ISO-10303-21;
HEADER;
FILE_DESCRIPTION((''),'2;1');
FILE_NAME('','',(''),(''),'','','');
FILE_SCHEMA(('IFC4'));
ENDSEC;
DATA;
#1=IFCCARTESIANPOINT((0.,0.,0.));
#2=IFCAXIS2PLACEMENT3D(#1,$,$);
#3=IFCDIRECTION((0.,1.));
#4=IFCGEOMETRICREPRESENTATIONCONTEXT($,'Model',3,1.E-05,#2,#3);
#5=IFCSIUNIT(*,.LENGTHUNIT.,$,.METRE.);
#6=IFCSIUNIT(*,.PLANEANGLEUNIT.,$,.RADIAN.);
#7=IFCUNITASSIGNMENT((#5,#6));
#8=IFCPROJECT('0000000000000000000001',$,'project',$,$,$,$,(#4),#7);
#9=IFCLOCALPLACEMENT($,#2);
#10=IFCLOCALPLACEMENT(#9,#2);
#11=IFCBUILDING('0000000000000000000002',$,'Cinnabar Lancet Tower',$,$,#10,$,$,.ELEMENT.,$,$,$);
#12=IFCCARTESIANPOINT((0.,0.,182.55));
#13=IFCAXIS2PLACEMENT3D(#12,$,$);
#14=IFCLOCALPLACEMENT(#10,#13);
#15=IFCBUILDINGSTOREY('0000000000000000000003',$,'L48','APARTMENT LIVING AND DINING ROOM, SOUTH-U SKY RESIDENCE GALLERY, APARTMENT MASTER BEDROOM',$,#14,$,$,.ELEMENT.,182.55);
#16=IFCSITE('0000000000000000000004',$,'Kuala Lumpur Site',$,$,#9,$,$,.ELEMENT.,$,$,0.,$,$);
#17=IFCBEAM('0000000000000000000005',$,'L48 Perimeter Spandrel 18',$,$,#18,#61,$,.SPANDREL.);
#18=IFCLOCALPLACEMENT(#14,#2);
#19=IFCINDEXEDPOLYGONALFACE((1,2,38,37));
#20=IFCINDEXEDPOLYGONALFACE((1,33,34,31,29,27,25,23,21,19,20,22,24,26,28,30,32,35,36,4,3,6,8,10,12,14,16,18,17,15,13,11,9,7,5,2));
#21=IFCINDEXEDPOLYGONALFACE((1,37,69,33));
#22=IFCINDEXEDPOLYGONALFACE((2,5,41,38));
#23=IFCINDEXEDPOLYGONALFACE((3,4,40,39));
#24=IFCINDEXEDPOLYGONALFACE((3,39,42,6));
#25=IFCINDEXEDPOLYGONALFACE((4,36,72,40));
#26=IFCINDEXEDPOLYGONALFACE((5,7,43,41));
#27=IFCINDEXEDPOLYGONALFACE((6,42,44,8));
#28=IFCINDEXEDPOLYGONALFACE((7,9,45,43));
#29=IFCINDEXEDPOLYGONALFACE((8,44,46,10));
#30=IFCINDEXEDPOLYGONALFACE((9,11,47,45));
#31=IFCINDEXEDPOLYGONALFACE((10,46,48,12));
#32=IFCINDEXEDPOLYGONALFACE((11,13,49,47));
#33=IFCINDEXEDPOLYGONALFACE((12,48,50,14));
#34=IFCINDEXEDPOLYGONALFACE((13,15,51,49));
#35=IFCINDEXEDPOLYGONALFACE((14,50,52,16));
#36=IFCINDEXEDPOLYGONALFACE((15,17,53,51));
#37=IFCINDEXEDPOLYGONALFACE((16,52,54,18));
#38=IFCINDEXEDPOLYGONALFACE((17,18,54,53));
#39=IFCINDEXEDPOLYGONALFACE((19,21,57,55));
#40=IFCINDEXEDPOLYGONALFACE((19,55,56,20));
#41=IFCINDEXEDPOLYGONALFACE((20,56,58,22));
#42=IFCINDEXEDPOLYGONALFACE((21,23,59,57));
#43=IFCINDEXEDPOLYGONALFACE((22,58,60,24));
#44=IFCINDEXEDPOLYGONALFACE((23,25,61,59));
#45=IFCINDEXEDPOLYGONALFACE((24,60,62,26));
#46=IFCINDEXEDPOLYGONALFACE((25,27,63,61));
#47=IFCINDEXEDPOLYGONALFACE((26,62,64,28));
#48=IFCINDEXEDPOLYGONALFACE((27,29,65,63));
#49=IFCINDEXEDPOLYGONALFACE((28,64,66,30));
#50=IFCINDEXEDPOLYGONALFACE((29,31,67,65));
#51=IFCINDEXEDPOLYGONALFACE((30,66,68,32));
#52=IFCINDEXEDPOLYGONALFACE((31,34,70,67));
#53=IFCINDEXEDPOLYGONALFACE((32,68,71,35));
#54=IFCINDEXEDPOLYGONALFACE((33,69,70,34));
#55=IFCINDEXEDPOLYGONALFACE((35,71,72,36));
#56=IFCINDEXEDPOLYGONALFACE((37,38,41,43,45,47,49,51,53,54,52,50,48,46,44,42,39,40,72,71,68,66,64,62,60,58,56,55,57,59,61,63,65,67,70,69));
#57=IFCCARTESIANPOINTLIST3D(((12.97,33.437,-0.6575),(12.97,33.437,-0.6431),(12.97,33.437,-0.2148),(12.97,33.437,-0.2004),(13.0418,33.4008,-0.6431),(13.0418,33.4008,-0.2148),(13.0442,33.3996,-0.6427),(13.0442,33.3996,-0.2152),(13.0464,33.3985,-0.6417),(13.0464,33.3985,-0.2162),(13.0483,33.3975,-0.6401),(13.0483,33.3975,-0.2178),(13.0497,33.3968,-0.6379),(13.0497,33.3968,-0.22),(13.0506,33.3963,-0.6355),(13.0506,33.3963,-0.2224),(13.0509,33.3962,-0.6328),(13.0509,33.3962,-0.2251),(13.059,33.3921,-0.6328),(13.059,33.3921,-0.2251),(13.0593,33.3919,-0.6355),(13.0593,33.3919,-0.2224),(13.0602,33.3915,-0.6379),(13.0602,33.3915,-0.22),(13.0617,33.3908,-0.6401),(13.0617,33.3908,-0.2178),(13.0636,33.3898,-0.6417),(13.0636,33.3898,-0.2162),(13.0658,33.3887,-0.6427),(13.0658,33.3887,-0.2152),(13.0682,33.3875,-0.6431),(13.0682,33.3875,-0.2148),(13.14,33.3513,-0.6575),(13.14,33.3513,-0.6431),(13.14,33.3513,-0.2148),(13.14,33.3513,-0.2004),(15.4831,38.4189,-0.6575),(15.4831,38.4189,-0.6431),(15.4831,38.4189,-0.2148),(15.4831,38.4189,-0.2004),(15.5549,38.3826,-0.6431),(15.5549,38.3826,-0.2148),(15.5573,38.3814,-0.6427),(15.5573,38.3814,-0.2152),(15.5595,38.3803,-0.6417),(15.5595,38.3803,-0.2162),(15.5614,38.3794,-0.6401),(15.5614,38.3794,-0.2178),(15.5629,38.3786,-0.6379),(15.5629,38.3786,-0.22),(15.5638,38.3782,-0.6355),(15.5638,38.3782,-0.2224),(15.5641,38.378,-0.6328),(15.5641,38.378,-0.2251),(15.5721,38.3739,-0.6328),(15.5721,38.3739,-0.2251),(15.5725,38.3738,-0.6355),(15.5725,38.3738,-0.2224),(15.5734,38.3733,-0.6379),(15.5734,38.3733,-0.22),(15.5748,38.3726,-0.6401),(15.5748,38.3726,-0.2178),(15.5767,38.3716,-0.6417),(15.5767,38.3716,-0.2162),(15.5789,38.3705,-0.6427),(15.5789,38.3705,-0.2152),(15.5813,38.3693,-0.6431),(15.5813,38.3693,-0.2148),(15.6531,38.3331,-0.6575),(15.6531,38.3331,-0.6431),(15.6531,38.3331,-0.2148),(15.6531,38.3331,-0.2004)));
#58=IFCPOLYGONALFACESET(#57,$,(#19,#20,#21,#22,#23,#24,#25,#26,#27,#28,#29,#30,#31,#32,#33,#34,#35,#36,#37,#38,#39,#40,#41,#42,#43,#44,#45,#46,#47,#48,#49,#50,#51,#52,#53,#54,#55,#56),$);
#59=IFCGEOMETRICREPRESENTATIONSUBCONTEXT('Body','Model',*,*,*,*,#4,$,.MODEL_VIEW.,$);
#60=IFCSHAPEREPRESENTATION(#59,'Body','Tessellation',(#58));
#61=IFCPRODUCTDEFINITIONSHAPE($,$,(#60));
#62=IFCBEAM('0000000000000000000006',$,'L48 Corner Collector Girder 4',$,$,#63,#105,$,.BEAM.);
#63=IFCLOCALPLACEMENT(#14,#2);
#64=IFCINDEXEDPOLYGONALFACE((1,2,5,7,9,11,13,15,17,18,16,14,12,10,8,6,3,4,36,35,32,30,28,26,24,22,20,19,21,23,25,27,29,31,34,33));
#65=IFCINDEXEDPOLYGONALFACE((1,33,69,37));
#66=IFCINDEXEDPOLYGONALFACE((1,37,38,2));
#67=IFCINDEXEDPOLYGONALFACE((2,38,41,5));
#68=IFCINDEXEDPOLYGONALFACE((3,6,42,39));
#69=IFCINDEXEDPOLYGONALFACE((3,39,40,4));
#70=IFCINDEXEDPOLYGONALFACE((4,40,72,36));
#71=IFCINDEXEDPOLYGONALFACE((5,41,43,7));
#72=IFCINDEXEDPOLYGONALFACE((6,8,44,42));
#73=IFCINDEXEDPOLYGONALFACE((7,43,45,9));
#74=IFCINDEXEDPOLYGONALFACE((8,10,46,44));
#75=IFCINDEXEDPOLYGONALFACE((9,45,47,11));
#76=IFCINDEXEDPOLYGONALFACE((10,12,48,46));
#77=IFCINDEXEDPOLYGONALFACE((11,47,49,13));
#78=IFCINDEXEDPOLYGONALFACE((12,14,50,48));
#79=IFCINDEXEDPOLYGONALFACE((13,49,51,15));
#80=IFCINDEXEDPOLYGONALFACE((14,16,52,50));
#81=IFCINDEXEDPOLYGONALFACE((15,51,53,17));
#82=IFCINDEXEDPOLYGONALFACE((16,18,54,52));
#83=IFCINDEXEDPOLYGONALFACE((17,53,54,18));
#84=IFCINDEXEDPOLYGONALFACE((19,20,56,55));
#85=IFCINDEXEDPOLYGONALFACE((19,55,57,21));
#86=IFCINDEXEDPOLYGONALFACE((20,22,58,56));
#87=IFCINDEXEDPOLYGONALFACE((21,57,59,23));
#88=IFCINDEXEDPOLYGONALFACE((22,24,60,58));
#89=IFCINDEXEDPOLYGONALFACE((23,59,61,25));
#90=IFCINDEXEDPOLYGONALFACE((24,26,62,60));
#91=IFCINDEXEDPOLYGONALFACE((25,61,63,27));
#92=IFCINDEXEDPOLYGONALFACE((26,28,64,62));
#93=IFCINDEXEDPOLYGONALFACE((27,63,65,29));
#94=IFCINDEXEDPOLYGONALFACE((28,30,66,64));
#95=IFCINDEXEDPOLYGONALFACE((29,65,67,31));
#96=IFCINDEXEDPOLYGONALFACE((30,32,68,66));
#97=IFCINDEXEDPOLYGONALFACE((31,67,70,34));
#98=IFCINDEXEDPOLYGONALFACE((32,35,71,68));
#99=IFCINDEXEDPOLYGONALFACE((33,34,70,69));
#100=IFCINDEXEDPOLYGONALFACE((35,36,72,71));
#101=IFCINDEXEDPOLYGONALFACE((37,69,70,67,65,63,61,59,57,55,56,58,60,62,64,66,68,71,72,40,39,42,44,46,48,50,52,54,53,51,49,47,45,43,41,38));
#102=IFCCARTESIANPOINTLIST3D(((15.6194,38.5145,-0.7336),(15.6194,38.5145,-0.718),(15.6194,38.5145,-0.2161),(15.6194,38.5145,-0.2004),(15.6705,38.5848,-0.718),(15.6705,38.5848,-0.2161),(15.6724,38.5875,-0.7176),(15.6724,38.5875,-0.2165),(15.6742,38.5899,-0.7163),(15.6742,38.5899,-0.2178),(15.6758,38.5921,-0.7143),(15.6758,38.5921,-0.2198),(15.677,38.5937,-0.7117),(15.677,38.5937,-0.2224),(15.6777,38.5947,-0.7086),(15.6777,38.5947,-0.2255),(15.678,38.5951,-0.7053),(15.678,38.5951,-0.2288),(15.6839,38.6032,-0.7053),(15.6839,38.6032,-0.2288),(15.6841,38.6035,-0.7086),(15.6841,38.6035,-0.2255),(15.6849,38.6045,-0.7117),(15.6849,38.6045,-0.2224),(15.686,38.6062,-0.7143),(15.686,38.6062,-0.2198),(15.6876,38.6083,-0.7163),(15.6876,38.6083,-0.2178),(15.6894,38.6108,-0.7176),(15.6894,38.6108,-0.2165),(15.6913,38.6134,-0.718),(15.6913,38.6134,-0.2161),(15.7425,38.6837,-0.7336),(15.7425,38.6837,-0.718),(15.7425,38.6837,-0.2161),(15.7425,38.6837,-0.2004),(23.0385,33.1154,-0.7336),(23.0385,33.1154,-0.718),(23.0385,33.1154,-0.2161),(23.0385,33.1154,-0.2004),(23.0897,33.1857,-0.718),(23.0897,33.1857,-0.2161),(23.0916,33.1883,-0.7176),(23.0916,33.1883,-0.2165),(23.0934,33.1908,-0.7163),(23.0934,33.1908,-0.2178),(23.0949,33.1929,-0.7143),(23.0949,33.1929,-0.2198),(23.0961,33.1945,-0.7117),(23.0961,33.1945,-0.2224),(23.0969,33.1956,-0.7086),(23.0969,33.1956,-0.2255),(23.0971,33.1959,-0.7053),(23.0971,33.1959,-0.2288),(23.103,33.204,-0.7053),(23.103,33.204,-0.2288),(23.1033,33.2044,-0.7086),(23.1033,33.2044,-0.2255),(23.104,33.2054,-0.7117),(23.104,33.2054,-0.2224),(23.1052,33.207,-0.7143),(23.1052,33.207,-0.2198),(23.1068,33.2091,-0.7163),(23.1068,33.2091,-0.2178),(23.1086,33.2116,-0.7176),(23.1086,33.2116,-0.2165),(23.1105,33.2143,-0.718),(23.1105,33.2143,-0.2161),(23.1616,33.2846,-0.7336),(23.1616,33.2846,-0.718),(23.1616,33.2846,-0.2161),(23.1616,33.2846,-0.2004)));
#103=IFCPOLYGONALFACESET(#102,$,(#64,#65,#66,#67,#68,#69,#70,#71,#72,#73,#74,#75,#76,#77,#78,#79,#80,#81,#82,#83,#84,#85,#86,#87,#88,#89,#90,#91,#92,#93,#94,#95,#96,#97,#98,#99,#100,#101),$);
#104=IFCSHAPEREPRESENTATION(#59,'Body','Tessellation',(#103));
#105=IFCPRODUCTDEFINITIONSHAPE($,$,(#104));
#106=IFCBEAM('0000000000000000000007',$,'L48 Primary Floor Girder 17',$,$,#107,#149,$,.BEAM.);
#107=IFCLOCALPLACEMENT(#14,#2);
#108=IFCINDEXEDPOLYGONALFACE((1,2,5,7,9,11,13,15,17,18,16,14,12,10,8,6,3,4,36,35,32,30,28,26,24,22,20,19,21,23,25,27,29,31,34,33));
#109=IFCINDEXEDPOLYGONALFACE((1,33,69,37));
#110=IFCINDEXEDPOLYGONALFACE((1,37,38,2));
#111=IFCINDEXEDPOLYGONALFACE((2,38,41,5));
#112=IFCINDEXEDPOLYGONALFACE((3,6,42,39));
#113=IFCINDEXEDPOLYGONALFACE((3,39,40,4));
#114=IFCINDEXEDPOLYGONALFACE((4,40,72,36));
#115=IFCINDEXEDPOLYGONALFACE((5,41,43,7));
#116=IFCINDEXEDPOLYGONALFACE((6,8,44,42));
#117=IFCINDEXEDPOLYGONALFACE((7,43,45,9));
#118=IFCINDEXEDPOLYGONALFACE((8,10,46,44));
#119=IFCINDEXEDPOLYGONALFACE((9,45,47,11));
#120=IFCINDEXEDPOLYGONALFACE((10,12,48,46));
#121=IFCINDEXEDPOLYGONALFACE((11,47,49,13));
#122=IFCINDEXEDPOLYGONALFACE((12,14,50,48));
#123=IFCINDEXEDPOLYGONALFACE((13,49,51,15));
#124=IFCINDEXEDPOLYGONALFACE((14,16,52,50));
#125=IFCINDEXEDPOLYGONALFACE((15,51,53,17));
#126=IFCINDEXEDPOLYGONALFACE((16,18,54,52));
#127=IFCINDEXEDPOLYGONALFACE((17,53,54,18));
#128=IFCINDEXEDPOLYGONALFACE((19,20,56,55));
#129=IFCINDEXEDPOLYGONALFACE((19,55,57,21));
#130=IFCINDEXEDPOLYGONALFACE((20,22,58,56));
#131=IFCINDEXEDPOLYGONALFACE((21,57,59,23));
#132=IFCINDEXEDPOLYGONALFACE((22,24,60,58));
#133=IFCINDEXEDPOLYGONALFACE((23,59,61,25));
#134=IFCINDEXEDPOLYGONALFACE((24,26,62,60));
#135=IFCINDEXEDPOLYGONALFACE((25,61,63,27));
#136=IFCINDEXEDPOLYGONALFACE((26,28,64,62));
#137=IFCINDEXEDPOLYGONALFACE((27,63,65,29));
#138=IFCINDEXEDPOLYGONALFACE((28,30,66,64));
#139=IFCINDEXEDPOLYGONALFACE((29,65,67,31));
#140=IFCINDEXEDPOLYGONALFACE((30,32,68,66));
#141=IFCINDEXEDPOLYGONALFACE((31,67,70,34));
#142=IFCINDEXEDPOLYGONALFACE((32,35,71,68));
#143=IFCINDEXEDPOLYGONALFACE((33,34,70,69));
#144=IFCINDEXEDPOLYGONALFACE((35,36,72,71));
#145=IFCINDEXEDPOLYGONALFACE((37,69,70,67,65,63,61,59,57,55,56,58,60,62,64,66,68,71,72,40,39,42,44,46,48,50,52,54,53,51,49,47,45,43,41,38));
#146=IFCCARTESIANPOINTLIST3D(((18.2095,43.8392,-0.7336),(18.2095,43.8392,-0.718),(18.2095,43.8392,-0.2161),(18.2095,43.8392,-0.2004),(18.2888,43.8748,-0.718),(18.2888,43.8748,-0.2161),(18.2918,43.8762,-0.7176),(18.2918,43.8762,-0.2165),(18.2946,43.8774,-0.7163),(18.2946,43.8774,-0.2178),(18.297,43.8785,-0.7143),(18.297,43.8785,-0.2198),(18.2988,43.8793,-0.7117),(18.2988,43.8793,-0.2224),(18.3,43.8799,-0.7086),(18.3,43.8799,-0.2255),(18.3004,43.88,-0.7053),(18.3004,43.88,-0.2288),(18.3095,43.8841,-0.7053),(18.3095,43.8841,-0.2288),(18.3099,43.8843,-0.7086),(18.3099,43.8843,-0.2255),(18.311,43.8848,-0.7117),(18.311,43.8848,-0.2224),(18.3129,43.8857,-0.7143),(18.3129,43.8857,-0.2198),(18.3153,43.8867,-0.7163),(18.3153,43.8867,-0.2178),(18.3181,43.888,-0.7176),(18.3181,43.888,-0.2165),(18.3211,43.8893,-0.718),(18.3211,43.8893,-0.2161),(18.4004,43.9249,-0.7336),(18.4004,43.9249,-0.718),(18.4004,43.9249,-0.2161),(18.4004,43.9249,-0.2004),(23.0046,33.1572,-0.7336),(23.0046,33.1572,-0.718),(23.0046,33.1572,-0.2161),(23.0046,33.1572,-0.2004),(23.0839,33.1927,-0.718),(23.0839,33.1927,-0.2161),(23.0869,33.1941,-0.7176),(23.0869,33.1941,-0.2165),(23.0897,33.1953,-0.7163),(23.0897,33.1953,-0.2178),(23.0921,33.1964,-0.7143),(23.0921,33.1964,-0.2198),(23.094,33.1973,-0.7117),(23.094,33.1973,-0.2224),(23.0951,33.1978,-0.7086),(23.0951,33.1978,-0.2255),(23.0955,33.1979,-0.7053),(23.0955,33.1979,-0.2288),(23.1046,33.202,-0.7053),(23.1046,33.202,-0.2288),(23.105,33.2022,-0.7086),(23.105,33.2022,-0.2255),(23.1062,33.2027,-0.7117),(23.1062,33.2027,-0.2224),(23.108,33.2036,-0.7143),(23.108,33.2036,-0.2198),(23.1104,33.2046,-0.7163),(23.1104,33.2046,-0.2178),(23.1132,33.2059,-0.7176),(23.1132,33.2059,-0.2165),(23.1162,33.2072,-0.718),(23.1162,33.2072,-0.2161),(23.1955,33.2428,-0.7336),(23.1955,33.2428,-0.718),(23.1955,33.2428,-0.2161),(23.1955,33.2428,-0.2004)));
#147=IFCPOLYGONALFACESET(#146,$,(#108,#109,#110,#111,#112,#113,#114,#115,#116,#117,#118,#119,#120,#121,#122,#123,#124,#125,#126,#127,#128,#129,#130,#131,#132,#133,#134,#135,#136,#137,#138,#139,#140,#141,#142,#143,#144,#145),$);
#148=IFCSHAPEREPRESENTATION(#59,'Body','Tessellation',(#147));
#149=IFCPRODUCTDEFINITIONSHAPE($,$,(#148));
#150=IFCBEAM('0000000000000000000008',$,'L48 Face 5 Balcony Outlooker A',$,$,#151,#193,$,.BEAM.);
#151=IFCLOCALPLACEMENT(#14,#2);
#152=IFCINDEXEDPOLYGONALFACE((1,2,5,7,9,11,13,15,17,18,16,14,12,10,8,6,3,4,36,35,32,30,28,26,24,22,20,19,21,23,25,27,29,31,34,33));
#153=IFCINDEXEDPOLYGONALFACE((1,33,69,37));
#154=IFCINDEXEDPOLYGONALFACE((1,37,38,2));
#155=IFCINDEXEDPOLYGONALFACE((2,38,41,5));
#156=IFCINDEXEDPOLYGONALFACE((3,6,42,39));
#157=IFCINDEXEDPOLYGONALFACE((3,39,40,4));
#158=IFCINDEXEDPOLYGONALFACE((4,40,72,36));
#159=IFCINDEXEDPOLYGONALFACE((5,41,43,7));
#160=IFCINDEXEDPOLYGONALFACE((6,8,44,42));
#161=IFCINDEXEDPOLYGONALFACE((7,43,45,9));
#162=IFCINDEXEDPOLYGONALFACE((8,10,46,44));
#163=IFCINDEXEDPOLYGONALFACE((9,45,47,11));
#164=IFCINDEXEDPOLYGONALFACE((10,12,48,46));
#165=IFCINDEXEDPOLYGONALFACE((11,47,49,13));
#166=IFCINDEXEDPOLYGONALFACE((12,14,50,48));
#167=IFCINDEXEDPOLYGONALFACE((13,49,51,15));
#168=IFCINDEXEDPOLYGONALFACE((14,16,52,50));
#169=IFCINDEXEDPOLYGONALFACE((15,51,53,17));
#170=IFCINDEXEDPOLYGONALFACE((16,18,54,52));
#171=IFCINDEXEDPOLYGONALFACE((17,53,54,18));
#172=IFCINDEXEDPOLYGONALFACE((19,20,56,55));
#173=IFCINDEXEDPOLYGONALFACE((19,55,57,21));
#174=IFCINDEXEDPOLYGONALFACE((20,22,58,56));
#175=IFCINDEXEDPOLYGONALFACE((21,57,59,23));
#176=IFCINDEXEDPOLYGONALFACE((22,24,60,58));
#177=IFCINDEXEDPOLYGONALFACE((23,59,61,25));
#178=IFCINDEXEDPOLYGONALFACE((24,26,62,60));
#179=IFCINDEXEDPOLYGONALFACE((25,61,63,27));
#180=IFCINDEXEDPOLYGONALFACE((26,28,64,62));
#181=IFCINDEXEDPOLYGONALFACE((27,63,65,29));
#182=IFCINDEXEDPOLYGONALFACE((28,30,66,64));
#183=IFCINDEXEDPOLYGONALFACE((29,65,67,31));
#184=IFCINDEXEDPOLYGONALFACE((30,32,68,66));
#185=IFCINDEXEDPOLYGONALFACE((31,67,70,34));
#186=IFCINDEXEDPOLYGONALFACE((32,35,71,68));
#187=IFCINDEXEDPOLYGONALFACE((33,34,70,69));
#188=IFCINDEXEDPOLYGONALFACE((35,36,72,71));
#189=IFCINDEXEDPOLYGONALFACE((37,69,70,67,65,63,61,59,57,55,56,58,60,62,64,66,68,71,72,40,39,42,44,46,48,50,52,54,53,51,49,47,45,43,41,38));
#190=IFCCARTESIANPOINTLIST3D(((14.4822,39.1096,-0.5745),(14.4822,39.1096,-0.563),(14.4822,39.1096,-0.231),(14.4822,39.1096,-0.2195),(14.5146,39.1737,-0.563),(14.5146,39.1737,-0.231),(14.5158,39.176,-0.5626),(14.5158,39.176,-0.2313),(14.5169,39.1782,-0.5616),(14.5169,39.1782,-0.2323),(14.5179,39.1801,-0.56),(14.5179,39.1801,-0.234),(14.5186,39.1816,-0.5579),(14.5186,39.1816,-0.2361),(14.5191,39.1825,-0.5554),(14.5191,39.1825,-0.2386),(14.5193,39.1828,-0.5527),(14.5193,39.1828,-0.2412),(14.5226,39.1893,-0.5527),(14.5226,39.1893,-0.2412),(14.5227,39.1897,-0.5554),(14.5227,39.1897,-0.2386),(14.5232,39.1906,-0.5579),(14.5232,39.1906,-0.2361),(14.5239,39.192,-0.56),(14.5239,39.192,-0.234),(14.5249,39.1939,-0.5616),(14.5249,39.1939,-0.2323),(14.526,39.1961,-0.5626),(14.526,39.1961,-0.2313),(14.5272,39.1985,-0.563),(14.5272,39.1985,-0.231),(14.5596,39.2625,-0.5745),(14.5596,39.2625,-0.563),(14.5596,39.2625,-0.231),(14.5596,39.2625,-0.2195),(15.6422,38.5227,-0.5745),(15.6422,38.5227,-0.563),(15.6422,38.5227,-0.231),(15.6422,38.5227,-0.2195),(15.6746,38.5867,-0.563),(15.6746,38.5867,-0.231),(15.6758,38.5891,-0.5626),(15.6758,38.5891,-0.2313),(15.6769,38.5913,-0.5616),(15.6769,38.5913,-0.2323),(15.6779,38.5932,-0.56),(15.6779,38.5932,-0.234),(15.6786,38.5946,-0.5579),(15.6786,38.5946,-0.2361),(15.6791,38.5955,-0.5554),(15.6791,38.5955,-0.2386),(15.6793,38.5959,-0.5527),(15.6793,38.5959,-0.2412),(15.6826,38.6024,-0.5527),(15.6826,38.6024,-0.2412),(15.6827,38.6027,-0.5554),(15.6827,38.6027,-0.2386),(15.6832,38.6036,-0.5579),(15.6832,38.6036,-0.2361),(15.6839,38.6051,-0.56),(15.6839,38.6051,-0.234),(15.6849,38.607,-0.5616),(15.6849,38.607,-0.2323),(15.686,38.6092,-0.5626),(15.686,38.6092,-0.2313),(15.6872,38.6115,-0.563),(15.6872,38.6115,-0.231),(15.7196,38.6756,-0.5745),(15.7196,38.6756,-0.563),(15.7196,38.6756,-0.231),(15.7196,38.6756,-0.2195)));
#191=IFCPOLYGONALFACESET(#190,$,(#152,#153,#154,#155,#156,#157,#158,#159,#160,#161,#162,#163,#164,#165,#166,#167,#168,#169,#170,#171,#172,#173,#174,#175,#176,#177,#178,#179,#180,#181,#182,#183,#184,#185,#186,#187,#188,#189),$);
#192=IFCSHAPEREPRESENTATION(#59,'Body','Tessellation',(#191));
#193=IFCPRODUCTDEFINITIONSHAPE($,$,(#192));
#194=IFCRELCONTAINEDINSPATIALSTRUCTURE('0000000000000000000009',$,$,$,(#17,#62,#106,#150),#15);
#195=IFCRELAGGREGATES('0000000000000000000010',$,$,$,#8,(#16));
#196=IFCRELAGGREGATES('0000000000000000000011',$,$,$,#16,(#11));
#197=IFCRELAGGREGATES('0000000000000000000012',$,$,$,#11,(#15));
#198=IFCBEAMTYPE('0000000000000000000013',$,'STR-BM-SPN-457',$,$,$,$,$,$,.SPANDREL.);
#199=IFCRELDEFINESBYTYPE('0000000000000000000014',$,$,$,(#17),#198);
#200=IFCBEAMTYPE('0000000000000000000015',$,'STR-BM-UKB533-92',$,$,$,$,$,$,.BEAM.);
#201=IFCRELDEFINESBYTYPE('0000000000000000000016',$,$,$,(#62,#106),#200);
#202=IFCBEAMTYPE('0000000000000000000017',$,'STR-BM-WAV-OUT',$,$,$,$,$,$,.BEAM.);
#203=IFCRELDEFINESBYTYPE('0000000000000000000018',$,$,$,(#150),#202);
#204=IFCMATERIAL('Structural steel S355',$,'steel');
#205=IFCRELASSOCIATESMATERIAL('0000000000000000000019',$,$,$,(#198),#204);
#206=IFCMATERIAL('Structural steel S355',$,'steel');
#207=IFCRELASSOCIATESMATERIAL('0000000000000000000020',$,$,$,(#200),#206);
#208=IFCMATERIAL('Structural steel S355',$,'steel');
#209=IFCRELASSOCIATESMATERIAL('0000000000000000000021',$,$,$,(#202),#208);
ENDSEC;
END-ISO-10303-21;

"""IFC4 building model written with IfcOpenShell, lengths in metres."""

from ifc_helpers import new_model, si_unit, direction, frame, origin, origin_2d, place, context, subcontext, project, spatial, i_section, extrude, material, material_profile, profile_set, type_object, element, save


model = new_model("IFC4")

# Units and contexts
model_context = context("Model", 3, precision=1e-05, world=origin(), true_north=direction((0.0, 1.0)))
body_context = subcontext(model_context, "Body", "Model", "MODEL_VIEW")
ifc_project = project(units=[si_unit("LENGTHUNIT", "METRE"), si_unit("PLANEANGLEUNIT", "RADIAN")], contexts=[model_context])

# Site, building, storey
site_placement = place(None, origin())
site = spatial("IfcSite", under=ifc_project, at=site_placement, Name="Kuala Lumpur Site", CompositionType="ELEMENT", RefElevation=0.0)
building_placement = place(site_placement, origin())
building = spatial("IfcBuilding", under=site, at=building_placement, Name="Cinnabar Lancet Tower", CompositionType="ELEMENT")
storey_placement = place(building_placement, frame((0.0, 0.0, 182.55)))
storey = spatial("IfcBuildingStorey", under=building, at=storey_placement, Name="L48", Description="APARTMENT LIVING AND DINING ROOM, SOUTH-U SKY RESIDENCE GALLERY, APARTMENT MASTER BEDROOM", CompositionType="ELEMENT", Elevation=182.55)

# Beams
ifc_material_1 = material(Name="Structural steel S355", Category="steel")
ifc_material_profile_1 = material_profile(ifc_material_1, i_section(OverallWidth=0.1904, OverallDepth=0.457, WebThickness=0.009, FlangeThickness=0.0144, FilletRadius=0.0103, at=origin_2d()), Name="UKB 457x191x74")
ifc_profile_set_1 = profile_set([ifc_material_profile_1], Name="Structural steel S355")
beam_type_1 = type_object("IfcBeamType", Name="STR-BM-SPN-457", PredefinedType="SPANDREL", material=ifc_profile_set_1)
beam_1_placement = place(storey_placement, frame((15.5681, 38.376, -0.429), z_axis=(-0.450396, -0.892829, 0.0), x_axis=(0.892829, -0.450396, 0.0)))
element("IfcBeam", 1, at=beam_1_placement, inside=storey, type_object=beam_type_1, Name="L48 Perimeter Spandrel 18", PredefinedType="SPANDREL", context=body_context, shape_type="SweptSolid", body=[
    extrude(i_section(OverallWidth=0.1904, OverallDepth=0.457, WebThickness=0.009, FlangeThickness=0.0144, FilletRadius=0.0103, at=origin_2d()), origin(), (0.0, 0.0, 1.0), 5.5798),
])
ifc_material_2 = material(Name="Structural steel S355", Category="steel")
ifc_material_profile_2 = material_profile(ifc_material_2, i_section(OverallWidth=0.2092, OverallDepth=0.5332, WebThickness=0.01, FlangeThickness=0.0156, FilletRadius=0.0127, at=origin_2d()), Name="UKB 533x210x92")
ifc_profile_set_2 = profile_set([ifc_material_profile_2], Name="Structural steel S355")
beam_type_2 = type_object("IfcBeamType", Name="STR-BM-UKB533-92", PredefinedType="BEAM", material=ifc_profile_set_2)
beam_2_placement = place(storey_placement, frame((15.6809, 38.5991, -0.467), z_axis=(0.80856, -0.588414, 0.0), x_axis=(0.588414, 0.80856, 0.0)))
element("IfcBeam", 2, at=beam_2_placement, inside=storey, type_object=beam_type_2, Name="L48 Corner Collector Girder 4", PredefinedType="BEAM", context=body_context, shape_type="SweptSolid", body=[
    extrude(i_section(OverallWidth=0.2092, OverallDepth=0.5332, WebThickness=0.01, FlangeThickness=0.0156, FilletRadius=0.0127, at=origin_2d()), origin(), (0.0, 0.0, 1.0), 9.1758),
])
beam_3_placement = place(storey_placement, frame((18.3049, 43.8821, -0.467), z_axis=(0.409527, -0.912298, 0.0), x_axis=(0.912298, 0.409527, 0.0)))
element("IfcBeam", 3, at=beam_3_placement, inside=storey, type_object=beam_type_2, Name="L48 Primary Floor Girder 17", PredefinedType="BEAM", context=body_context, shape_type="SweptSolid", body=[
    extrude(i_section(OverallWidth=0.2092, OverallDepth=0.5332, WebThickness=0.01, FlangeThickness=0.0156, FilletRadius=0.0127, at=origin_2d()), origin(), (0.0, 0.0, 1.0), 11.709),
])
ifc_material_3 = material(Name="Structural steel S355", Category="steel")
ifc_material_profile_3 = material_profile(ifc_material_3, i_section(OverallWidth=0.1714, OverallDepth=0.355, WebThickness=0.0073, FlangeThickness=0.0115, FilletRadius=0.0103, at=origin_2d()), Name="UKB 356x171x51")
ifc_profile_set_3 = profile_set([ifc_material_profile_3], Name="Structural steel S355")
beam_type_3 = type_object("IfcBeamType", Name="STR-BM-WAV-OUT", PredefinedType="BEAM", material=ifc_profile_set_3)
beam_4_placement = place(storey_placement, frame((15.6809, 38.5991, -0.397), z_axis=(-0.892276, 0.45149, 0.0), x_axis=(-0.45149, -0.892276, 0.0)))
element("IfcBeam", 4, at=beam_4_placement, inside=storey, type_object=beam_type_3, Name="L48 Face 5 Balcony Outlooker A", PredefinedType="BEAM", context=body_context, shape_type="SweptSolid", body=[
    extrude(i_section(OverallWidth=0.1714, OverallDepth=0.355, WebThickness=0.0073, FlangeThickness=0.0115, FilletRadius=0.0103, at=origin_2d()), origin(), (0.0, 0.0, 1.0), 1.3),
])

save(model, "model.ifc")
